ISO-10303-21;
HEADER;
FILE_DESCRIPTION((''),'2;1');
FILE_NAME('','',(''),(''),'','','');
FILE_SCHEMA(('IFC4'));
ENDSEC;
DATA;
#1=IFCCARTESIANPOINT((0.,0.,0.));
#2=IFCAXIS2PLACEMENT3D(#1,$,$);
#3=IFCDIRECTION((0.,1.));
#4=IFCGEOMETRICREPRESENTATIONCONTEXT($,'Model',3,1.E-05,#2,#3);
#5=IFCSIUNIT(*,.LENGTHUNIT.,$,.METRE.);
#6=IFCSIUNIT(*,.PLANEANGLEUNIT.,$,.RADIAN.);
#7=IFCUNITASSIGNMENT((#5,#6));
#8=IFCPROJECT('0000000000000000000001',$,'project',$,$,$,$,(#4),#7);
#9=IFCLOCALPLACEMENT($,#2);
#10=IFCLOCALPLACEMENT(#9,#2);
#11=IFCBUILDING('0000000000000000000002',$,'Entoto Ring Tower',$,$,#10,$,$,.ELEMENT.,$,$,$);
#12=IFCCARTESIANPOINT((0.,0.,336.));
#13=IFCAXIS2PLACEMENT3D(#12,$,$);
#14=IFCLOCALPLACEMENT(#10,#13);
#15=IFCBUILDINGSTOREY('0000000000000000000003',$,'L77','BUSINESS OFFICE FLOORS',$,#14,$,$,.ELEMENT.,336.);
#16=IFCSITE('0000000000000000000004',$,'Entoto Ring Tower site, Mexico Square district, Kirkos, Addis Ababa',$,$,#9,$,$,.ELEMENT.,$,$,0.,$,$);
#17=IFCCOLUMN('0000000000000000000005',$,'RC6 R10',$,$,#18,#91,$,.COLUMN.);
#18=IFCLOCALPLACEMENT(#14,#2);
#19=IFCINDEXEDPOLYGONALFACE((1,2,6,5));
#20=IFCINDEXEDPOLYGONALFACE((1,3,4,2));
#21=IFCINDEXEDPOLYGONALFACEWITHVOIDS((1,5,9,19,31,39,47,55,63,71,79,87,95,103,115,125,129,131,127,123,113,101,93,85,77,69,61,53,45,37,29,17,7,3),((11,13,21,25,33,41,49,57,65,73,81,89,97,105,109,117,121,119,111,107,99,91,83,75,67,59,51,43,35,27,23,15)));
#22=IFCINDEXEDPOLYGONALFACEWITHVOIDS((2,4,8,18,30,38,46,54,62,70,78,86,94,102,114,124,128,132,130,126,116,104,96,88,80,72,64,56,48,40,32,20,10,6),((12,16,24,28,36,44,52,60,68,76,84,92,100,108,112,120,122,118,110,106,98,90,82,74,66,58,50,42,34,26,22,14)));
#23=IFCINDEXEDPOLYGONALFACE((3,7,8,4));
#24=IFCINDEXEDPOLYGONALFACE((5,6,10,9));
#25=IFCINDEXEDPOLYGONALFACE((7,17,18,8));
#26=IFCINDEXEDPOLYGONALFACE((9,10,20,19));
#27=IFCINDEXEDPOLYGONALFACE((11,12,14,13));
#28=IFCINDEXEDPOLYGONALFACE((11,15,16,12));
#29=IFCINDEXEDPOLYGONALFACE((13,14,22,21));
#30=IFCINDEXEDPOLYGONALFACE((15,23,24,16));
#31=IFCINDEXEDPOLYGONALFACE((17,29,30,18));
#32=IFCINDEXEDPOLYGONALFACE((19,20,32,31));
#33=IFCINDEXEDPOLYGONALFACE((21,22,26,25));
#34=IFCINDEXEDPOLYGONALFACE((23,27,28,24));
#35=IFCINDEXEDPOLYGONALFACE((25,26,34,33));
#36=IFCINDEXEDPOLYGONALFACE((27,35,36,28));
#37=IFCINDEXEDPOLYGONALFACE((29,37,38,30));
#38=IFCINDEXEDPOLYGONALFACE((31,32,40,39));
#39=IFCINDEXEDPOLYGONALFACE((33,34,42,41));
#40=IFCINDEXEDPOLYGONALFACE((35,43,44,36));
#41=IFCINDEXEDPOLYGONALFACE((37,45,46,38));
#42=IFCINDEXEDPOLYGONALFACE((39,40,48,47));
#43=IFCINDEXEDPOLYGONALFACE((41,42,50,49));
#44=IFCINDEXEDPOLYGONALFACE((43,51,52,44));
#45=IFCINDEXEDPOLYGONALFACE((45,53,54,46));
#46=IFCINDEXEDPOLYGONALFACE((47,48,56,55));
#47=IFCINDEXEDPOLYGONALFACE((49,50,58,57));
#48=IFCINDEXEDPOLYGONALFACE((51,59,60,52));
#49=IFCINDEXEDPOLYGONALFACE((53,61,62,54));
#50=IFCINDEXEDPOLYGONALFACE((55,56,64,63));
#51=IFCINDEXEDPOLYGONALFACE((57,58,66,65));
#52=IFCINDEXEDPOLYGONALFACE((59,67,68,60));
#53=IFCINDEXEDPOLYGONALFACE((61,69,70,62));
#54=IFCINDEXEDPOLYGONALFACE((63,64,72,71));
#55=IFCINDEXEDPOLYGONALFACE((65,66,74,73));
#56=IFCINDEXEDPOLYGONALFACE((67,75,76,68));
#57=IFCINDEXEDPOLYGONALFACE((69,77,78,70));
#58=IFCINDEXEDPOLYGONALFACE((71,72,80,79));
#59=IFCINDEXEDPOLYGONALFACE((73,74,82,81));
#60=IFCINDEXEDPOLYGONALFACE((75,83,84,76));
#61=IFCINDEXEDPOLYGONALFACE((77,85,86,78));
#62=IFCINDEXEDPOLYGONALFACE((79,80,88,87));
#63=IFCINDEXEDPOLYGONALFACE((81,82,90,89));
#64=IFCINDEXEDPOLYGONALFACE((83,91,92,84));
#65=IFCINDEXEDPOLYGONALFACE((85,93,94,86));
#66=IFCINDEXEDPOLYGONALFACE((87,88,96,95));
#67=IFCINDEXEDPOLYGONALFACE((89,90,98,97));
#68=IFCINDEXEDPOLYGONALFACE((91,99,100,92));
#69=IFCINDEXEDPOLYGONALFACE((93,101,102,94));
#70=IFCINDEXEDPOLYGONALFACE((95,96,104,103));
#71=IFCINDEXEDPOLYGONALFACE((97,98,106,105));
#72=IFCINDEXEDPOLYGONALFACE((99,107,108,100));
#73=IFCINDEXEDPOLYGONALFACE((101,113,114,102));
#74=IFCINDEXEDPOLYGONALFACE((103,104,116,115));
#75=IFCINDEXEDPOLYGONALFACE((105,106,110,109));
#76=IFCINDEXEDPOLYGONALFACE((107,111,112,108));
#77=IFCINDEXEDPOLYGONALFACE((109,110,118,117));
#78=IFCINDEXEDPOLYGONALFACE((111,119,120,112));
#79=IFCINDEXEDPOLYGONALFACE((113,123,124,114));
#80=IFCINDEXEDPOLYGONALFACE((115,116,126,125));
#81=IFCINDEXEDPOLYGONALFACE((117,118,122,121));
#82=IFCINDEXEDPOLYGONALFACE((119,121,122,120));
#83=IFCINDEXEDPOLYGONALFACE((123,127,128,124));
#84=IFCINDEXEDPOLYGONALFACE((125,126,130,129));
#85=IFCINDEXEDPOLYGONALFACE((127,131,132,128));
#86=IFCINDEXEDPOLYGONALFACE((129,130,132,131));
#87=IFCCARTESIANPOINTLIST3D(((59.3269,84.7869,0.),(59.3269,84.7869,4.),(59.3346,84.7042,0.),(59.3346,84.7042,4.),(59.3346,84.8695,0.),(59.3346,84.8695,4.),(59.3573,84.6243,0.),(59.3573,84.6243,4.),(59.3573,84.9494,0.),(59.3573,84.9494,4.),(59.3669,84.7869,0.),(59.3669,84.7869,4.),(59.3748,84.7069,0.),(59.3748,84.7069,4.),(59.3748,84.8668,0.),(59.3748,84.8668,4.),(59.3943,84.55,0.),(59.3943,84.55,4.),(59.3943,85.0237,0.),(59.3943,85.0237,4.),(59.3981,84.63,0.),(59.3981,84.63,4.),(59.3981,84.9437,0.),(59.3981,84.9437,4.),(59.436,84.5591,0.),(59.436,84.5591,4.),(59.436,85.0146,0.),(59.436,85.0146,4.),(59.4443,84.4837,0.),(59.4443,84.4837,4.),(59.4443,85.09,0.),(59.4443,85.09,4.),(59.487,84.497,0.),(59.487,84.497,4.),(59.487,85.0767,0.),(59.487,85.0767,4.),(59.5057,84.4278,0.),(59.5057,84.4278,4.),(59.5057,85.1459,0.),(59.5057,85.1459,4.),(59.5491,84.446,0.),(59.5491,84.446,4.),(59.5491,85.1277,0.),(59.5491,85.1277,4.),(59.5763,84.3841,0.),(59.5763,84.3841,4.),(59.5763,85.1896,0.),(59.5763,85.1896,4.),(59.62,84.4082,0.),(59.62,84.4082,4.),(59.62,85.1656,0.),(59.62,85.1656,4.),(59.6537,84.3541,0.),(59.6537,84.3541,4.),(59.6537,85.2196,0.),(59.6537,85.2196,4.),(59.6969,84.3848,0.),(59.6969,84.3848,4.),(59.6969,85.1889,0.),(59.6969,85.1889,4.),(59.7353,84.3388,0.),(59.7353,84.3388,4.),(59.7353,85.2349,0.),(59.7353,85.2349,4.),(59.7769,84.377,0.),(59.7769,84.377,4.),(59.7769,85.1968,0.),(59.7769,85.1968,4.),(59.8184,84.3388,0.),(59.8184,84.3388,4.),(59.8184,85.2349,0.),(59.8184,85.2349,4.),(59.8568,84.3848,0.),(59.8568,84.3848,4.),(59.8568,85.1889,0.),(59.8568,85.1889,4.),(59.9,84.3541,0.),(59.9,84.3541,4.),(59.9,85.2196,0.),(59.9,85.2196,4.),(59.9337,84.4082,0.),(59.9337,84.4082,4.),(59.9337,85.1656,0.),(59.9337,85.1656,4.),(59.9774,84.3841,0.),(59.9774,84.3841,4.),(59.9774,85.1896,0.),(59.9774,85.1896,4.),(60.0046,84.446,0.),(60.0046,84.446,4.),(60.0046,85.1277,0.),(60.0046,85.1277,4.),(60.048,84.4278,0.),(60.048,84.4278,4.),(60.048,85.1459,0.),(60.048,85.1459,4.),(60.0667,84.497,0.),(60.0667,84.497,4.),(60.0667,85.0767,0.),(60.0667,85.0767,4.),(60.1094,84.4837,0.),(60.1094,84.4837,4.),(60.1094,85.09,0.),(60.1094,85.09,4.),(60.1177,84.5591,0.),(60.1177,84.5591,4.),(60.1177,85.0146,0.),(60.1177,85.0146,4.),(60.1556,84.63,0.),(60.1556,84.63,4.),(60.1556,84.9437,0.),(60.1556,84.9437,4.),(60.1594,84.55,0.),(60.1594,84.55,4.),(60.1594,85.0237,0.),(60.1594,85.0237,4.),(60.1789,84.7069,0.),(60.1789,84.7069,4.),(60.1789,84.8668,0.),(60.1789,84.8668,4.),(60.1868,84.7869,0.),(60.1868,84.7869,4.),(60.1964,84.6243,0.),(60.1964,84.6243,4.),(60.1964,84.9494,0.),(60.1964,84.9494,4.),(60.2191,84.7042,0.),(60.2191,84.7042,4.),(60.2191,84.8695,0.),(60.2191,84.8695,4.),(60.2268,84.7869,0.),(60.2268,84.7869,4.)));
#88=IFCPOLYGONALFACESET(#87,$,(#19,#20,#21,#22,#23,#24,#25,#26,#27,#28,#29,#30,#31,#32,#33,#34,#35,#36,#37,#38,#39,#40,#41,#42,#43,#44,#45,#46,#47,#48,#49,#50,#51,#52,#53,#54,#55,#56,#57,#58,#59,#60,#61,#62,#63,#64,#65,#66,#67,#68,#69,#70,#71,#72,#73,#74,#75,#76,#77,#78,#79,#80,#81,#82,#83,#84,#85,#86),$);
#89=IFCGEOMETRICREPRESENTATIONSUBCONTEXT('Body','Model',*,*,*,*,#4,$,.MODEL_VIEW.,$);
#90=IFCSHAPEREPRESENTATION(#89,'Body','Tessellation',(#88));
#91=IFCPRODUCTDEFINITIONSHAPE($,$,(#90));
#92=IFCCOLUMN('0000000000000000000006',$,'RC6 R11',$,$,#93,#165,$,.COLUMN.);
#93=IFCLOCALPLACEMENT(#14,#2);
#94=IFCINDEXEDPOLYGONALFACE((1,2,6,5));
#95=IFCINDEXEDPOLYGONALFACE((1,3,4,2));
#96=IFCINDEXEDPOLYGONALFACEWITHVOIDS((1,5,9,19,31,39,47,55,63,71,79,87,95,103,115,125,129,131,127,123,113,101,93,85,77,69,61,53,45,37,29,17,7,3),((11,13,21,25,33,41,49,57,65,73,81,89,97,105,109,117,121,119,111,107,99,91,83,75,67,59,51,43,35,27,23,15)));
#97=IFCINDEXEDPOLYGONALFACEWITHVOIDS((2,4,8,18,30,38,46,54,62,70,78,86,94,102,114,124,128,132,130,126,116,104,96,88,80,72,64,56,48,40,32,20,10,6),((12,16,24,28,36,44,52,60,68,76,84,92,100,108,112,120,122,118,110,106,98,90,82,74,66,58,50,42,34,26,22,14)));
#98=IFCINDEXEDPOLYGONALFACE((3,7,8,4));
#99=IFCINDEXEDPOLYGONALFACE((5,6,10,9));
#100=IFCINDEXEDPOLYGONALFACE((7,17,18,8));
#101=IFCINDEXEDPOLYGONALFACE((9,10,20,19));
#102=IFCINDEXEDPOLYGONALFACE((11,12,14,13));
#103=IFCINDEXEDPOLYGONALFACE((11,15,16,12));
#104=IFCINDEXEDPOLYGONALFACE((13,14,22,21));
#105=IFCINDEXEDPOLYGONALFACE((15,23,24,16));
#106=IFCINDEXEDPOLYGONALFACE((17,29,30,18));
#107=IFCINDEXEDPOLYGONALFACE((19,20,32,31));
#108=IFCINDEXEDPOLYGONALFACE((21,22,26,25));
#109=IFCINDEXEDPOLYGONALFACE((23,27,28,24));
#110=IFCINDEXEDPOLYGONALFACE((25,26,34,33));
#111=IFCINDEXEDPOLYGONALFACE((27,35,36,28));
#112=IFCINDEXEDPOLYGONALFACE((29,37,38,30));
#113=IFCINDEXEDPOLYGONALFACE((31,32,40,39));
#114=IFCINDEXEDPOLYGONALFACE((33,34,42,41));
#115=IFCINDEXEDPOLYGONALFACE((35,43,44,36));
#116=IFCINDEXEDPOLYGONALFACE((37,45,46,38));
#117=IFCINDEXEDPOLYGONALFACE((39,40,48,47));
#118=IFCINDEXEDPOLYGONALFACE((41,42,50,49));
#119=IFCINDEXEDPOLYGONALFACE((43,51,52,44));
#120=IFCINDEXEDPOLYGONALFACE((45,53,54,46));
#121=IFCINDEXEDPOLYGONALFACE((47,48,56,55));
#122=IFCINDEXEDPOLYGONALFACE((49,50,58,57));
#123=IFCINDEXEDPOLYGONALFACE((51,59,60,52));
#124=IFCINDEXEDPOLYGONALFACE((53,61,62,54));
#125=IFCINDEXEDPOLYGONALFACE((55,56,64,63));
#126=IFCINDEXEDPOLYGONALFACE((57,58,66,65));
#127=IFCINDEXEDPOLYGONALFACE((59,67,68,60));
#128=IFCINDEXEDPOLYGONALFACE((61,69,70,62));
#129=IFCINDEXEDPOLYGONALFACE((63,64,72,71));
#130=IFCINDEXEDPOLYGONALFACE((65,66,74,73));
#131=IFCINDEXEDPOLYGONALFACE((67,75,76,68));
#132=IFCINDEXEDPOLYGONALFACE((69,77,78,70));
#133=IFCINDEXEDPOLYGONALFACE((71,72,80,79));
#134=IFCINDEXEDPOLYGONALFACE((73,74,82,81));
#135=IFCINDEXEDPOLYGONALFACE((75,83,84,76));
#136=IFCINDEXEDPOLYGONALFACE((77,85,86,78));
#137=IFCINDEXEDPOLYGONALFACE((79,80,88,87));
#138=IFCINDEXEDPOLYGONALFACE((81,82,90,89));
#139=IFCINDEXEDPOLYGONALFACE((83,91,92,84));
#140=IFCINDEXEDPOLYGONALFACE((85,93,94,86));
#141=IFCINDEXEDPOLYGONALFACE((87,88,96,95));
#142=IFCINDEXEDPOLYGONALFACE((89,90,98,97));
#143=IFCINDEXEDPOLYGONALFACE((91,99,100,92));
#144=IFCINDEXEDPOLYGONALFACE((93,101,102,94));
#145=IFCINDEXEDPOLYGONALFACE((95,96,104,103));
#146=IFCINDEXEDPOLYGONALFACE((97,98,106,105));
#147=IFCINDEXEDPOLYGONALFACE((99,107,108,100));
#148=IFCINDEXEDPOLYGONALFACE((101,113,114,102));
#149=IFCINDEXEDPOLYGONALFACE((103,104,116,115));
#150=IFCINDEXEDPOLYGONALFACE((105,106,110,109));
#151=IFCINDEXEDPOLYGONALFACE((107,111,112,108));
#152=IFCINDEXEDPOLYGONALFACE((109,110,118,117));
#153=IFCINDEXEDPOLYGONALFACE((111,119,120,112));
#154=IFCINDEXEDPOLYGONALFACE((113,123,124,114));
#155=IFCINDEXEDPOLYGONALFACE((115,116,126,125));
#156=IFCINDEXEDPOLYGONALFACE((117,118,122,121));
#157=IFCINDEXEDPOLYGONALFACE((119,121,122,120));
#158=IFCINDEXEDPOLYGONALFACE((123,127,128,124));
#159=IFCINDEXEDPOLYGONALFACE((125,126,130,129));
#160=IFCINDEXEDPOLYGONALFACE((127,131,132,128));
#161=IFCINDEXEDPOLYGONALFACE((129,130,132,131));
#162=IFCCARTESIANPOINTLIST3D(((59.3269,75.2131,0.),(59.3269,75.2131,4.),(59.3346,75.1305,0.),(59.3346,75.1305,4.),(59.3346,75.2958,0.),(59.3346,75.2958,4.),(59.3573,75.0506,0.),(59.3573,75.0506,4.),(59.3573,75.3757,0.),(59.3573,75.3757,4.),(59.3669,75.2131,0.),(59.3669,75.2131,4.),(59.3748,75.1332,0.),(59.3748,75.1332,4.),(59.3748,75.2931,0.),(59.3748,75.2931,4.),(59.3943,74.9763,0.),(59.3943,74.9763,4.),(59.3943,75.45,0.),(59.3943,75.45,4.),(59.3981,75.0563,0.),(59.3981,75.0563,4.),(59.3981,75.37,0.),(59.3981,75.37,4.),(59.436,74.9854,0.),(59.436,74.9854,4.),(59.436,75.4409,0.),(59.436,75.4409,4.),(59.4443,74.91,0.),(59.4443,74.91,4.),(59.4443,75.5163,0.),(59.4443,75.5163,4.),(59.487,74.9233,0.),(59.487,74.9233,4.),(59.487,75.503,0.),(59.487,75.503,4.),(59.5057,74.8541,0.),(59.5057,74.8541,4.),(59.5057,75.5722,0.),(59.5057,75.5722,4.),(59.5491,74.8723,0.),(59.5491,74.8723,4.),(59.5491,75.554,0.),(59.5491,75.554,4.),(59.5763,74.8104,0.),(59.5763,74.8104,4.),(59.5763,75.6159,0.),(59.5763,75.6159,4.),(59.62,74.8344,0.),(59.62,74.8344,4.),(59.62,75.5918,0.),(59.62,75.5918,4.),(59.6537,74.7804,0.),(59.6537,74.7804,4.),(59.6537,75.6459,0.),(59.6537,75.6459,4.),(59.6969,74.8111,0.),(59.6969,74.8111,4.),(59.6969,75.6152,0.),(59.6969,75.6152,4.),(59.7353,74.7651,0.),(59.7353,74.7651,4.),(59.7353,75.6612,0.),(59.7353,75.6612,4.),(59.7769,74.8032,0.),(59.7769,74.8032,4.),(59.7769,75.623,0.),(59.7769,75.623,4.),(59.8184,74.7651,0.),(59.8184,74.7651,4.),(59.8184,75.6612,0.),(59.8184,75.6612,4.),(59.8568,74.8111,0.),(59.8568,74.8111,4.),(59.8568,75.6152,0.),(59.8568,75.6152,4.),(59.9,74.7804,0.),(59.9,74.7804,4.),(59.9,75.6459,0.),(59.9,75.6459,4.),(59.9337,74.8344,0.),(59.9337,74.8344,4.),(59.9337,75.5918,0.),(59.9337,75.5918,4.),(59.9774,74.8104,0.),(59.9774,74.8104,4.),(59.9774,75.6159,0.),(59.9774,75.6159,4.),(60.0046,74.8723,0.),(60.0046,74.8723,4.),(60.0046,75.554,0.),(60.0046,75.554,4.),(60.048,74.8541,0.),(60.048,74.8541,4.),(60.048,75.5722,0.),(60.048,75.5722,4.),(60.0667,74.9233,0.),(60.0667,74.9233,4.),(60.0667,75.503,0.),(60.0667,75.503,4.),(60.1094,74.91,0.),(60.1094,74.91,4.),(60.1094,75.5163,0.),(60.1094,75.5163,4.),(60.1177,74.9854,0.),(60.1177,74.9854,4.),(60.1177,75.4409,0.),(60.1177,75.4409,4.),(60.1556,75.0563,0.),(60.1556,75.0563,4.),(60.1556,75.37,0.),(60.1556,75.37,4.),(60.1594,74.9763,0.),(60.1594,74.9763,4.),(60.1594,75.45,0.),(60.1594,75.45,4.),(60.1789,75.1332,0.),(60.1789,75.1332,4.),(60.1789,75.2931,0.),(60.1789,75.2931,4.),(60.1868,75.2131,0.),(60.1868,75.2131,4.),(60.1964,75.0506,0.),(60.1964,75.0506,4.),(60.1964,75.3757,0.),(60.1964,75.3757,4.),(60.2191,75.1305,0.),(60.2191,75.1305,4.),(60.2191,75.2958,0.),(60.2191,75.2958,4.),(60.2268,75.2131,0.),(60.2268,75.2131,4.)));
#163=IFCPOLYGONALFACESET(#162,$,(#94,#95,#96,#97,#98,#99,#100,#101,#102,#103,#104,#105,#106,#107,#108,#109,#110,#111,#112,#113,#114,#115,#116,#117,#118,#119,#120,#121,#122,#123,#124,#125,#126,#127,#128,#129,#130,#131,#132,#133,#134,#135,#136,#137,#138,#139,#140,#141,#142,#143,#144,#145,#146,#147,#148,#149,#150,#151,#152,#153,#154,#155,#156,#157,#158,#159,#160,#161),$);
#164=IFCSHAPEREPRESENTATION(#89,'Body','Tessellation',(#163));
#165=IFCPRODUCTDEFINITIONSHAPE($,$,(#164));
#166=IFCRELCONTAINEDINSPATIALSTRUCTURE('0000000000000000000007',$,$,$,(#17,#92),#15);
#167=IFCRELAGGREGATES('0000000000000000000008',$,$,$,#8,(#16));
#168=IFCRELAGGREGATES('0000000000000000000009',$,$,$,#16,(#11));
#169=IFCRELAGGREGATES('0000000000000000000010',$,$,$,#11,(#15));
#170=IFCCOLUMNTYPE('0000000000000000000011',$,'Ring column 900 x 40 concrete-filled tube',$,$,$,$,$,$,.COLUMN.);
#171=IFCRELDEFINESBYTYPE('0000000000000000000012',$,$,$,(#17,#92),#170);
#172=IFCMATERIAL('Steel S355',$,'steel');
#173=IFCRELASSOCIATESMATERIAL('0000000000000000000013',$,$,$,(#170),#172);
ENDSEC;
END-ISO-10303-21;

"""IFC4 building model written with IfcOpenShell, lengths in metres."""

from ifc_helpers import new_model, si_unit, direction, frame, origin, origin_2d, place, context, subcontext, project, spatial, circle, hollow_circle, extrude, material, material_profile, profile_set, type_object, element, save


model = new_model("IFC4")

# Units and contexts
model_context = context("Model", 3, precision=1e-05, world=origin(), true_north=direction((0.0, 1.0)))
body_context = subcontext(model_context, "Body", "Model", "MODEL_VIEW")
ifc_project = project(units=[si_unit("LENGTHUNIT", "METRE"), si_unit("PLANEANGLEUNIT", "RADIAN")], contexts=[model_context])

# Site, building, storey
site_placement = place(None, origin())
site = spatial("IfcSite", under=ifc_project, at=site_placement, Name="Entoto Ring Tower site, Mexico Square district, Kirkos, Addis Ababa", CompositionType="ELEMENT", RefElevation=0.0)
building_placement = place(site_placement, origin())
building = spatial("IfcBuilding", under=site, at=building_placement, Name="Entoto Ring Tower", CompositionType="ELEMENT")
storey_placement = place(building_placement, frame((0.0, 0.0, 336.0)))
storey = spatial("IfcBuildingStorey", under=building, at=storey_placement, Name="L77", Description="BUSINESS OFFICE FLOORS", CompositionType="ELEMENT", Elevation=336.0)

# Columns
ifc_material_1 = material(Name="Steel S355", Category="steel")
ifc_material_profile_1 = material_profile(ifc_material_1, hollow_circle(Radius=0.45, WallThickness=0.04, at=origin_2d()), Name="CHS 900 x 40")
ifc_material_2 = material(Name="Concrete C60/75", Category="concrete")
ifc_material_profile_2 = material_profile(ifc_material_2, circle(Radius=0.4099, at=origin_2d()), Name="Concrete C60/75 infill")
ifc_profile_set_1 = profile_set([ifc_material_profile_1, ifc_material_profile_2], Name="Steel S355")
column_type = type_object("IfcColumnType", Name="Ring column 900 x 40 concrete-filled tube", PredefinedType="COLUMN", material=ifc_profile_set_1)
for number, where, z_axis, x_axis, name in (
    (1, (59.7769, 84.7869, 0.0), (0.0, 0.0, 1.0), (1.0, 0.0, 0.0), "RC6 R10"),
    (2, (59.7769, 75.2131, 0.0), (0.0, 0.0, 1.0), (1.0, 0.0, 0.0), "RC6 R11"),
):
    element("IfcColumn", number, at=place(storey_placement, frame(where, z_axis=z_axis, x_axis=x_axis)), inside=storey, type_object=column_type, Name=name, PredefinedType="COLUMN", context=body_context, shape_type="SweptSolid", body=[
        extrude(hollow_circle(Radius=0.45, WallThickness=0.04, at=origin_2d()), origin(), (0.0, 0.0, 1.0), 4.0),
    ])

save(model, "model.ifc")
